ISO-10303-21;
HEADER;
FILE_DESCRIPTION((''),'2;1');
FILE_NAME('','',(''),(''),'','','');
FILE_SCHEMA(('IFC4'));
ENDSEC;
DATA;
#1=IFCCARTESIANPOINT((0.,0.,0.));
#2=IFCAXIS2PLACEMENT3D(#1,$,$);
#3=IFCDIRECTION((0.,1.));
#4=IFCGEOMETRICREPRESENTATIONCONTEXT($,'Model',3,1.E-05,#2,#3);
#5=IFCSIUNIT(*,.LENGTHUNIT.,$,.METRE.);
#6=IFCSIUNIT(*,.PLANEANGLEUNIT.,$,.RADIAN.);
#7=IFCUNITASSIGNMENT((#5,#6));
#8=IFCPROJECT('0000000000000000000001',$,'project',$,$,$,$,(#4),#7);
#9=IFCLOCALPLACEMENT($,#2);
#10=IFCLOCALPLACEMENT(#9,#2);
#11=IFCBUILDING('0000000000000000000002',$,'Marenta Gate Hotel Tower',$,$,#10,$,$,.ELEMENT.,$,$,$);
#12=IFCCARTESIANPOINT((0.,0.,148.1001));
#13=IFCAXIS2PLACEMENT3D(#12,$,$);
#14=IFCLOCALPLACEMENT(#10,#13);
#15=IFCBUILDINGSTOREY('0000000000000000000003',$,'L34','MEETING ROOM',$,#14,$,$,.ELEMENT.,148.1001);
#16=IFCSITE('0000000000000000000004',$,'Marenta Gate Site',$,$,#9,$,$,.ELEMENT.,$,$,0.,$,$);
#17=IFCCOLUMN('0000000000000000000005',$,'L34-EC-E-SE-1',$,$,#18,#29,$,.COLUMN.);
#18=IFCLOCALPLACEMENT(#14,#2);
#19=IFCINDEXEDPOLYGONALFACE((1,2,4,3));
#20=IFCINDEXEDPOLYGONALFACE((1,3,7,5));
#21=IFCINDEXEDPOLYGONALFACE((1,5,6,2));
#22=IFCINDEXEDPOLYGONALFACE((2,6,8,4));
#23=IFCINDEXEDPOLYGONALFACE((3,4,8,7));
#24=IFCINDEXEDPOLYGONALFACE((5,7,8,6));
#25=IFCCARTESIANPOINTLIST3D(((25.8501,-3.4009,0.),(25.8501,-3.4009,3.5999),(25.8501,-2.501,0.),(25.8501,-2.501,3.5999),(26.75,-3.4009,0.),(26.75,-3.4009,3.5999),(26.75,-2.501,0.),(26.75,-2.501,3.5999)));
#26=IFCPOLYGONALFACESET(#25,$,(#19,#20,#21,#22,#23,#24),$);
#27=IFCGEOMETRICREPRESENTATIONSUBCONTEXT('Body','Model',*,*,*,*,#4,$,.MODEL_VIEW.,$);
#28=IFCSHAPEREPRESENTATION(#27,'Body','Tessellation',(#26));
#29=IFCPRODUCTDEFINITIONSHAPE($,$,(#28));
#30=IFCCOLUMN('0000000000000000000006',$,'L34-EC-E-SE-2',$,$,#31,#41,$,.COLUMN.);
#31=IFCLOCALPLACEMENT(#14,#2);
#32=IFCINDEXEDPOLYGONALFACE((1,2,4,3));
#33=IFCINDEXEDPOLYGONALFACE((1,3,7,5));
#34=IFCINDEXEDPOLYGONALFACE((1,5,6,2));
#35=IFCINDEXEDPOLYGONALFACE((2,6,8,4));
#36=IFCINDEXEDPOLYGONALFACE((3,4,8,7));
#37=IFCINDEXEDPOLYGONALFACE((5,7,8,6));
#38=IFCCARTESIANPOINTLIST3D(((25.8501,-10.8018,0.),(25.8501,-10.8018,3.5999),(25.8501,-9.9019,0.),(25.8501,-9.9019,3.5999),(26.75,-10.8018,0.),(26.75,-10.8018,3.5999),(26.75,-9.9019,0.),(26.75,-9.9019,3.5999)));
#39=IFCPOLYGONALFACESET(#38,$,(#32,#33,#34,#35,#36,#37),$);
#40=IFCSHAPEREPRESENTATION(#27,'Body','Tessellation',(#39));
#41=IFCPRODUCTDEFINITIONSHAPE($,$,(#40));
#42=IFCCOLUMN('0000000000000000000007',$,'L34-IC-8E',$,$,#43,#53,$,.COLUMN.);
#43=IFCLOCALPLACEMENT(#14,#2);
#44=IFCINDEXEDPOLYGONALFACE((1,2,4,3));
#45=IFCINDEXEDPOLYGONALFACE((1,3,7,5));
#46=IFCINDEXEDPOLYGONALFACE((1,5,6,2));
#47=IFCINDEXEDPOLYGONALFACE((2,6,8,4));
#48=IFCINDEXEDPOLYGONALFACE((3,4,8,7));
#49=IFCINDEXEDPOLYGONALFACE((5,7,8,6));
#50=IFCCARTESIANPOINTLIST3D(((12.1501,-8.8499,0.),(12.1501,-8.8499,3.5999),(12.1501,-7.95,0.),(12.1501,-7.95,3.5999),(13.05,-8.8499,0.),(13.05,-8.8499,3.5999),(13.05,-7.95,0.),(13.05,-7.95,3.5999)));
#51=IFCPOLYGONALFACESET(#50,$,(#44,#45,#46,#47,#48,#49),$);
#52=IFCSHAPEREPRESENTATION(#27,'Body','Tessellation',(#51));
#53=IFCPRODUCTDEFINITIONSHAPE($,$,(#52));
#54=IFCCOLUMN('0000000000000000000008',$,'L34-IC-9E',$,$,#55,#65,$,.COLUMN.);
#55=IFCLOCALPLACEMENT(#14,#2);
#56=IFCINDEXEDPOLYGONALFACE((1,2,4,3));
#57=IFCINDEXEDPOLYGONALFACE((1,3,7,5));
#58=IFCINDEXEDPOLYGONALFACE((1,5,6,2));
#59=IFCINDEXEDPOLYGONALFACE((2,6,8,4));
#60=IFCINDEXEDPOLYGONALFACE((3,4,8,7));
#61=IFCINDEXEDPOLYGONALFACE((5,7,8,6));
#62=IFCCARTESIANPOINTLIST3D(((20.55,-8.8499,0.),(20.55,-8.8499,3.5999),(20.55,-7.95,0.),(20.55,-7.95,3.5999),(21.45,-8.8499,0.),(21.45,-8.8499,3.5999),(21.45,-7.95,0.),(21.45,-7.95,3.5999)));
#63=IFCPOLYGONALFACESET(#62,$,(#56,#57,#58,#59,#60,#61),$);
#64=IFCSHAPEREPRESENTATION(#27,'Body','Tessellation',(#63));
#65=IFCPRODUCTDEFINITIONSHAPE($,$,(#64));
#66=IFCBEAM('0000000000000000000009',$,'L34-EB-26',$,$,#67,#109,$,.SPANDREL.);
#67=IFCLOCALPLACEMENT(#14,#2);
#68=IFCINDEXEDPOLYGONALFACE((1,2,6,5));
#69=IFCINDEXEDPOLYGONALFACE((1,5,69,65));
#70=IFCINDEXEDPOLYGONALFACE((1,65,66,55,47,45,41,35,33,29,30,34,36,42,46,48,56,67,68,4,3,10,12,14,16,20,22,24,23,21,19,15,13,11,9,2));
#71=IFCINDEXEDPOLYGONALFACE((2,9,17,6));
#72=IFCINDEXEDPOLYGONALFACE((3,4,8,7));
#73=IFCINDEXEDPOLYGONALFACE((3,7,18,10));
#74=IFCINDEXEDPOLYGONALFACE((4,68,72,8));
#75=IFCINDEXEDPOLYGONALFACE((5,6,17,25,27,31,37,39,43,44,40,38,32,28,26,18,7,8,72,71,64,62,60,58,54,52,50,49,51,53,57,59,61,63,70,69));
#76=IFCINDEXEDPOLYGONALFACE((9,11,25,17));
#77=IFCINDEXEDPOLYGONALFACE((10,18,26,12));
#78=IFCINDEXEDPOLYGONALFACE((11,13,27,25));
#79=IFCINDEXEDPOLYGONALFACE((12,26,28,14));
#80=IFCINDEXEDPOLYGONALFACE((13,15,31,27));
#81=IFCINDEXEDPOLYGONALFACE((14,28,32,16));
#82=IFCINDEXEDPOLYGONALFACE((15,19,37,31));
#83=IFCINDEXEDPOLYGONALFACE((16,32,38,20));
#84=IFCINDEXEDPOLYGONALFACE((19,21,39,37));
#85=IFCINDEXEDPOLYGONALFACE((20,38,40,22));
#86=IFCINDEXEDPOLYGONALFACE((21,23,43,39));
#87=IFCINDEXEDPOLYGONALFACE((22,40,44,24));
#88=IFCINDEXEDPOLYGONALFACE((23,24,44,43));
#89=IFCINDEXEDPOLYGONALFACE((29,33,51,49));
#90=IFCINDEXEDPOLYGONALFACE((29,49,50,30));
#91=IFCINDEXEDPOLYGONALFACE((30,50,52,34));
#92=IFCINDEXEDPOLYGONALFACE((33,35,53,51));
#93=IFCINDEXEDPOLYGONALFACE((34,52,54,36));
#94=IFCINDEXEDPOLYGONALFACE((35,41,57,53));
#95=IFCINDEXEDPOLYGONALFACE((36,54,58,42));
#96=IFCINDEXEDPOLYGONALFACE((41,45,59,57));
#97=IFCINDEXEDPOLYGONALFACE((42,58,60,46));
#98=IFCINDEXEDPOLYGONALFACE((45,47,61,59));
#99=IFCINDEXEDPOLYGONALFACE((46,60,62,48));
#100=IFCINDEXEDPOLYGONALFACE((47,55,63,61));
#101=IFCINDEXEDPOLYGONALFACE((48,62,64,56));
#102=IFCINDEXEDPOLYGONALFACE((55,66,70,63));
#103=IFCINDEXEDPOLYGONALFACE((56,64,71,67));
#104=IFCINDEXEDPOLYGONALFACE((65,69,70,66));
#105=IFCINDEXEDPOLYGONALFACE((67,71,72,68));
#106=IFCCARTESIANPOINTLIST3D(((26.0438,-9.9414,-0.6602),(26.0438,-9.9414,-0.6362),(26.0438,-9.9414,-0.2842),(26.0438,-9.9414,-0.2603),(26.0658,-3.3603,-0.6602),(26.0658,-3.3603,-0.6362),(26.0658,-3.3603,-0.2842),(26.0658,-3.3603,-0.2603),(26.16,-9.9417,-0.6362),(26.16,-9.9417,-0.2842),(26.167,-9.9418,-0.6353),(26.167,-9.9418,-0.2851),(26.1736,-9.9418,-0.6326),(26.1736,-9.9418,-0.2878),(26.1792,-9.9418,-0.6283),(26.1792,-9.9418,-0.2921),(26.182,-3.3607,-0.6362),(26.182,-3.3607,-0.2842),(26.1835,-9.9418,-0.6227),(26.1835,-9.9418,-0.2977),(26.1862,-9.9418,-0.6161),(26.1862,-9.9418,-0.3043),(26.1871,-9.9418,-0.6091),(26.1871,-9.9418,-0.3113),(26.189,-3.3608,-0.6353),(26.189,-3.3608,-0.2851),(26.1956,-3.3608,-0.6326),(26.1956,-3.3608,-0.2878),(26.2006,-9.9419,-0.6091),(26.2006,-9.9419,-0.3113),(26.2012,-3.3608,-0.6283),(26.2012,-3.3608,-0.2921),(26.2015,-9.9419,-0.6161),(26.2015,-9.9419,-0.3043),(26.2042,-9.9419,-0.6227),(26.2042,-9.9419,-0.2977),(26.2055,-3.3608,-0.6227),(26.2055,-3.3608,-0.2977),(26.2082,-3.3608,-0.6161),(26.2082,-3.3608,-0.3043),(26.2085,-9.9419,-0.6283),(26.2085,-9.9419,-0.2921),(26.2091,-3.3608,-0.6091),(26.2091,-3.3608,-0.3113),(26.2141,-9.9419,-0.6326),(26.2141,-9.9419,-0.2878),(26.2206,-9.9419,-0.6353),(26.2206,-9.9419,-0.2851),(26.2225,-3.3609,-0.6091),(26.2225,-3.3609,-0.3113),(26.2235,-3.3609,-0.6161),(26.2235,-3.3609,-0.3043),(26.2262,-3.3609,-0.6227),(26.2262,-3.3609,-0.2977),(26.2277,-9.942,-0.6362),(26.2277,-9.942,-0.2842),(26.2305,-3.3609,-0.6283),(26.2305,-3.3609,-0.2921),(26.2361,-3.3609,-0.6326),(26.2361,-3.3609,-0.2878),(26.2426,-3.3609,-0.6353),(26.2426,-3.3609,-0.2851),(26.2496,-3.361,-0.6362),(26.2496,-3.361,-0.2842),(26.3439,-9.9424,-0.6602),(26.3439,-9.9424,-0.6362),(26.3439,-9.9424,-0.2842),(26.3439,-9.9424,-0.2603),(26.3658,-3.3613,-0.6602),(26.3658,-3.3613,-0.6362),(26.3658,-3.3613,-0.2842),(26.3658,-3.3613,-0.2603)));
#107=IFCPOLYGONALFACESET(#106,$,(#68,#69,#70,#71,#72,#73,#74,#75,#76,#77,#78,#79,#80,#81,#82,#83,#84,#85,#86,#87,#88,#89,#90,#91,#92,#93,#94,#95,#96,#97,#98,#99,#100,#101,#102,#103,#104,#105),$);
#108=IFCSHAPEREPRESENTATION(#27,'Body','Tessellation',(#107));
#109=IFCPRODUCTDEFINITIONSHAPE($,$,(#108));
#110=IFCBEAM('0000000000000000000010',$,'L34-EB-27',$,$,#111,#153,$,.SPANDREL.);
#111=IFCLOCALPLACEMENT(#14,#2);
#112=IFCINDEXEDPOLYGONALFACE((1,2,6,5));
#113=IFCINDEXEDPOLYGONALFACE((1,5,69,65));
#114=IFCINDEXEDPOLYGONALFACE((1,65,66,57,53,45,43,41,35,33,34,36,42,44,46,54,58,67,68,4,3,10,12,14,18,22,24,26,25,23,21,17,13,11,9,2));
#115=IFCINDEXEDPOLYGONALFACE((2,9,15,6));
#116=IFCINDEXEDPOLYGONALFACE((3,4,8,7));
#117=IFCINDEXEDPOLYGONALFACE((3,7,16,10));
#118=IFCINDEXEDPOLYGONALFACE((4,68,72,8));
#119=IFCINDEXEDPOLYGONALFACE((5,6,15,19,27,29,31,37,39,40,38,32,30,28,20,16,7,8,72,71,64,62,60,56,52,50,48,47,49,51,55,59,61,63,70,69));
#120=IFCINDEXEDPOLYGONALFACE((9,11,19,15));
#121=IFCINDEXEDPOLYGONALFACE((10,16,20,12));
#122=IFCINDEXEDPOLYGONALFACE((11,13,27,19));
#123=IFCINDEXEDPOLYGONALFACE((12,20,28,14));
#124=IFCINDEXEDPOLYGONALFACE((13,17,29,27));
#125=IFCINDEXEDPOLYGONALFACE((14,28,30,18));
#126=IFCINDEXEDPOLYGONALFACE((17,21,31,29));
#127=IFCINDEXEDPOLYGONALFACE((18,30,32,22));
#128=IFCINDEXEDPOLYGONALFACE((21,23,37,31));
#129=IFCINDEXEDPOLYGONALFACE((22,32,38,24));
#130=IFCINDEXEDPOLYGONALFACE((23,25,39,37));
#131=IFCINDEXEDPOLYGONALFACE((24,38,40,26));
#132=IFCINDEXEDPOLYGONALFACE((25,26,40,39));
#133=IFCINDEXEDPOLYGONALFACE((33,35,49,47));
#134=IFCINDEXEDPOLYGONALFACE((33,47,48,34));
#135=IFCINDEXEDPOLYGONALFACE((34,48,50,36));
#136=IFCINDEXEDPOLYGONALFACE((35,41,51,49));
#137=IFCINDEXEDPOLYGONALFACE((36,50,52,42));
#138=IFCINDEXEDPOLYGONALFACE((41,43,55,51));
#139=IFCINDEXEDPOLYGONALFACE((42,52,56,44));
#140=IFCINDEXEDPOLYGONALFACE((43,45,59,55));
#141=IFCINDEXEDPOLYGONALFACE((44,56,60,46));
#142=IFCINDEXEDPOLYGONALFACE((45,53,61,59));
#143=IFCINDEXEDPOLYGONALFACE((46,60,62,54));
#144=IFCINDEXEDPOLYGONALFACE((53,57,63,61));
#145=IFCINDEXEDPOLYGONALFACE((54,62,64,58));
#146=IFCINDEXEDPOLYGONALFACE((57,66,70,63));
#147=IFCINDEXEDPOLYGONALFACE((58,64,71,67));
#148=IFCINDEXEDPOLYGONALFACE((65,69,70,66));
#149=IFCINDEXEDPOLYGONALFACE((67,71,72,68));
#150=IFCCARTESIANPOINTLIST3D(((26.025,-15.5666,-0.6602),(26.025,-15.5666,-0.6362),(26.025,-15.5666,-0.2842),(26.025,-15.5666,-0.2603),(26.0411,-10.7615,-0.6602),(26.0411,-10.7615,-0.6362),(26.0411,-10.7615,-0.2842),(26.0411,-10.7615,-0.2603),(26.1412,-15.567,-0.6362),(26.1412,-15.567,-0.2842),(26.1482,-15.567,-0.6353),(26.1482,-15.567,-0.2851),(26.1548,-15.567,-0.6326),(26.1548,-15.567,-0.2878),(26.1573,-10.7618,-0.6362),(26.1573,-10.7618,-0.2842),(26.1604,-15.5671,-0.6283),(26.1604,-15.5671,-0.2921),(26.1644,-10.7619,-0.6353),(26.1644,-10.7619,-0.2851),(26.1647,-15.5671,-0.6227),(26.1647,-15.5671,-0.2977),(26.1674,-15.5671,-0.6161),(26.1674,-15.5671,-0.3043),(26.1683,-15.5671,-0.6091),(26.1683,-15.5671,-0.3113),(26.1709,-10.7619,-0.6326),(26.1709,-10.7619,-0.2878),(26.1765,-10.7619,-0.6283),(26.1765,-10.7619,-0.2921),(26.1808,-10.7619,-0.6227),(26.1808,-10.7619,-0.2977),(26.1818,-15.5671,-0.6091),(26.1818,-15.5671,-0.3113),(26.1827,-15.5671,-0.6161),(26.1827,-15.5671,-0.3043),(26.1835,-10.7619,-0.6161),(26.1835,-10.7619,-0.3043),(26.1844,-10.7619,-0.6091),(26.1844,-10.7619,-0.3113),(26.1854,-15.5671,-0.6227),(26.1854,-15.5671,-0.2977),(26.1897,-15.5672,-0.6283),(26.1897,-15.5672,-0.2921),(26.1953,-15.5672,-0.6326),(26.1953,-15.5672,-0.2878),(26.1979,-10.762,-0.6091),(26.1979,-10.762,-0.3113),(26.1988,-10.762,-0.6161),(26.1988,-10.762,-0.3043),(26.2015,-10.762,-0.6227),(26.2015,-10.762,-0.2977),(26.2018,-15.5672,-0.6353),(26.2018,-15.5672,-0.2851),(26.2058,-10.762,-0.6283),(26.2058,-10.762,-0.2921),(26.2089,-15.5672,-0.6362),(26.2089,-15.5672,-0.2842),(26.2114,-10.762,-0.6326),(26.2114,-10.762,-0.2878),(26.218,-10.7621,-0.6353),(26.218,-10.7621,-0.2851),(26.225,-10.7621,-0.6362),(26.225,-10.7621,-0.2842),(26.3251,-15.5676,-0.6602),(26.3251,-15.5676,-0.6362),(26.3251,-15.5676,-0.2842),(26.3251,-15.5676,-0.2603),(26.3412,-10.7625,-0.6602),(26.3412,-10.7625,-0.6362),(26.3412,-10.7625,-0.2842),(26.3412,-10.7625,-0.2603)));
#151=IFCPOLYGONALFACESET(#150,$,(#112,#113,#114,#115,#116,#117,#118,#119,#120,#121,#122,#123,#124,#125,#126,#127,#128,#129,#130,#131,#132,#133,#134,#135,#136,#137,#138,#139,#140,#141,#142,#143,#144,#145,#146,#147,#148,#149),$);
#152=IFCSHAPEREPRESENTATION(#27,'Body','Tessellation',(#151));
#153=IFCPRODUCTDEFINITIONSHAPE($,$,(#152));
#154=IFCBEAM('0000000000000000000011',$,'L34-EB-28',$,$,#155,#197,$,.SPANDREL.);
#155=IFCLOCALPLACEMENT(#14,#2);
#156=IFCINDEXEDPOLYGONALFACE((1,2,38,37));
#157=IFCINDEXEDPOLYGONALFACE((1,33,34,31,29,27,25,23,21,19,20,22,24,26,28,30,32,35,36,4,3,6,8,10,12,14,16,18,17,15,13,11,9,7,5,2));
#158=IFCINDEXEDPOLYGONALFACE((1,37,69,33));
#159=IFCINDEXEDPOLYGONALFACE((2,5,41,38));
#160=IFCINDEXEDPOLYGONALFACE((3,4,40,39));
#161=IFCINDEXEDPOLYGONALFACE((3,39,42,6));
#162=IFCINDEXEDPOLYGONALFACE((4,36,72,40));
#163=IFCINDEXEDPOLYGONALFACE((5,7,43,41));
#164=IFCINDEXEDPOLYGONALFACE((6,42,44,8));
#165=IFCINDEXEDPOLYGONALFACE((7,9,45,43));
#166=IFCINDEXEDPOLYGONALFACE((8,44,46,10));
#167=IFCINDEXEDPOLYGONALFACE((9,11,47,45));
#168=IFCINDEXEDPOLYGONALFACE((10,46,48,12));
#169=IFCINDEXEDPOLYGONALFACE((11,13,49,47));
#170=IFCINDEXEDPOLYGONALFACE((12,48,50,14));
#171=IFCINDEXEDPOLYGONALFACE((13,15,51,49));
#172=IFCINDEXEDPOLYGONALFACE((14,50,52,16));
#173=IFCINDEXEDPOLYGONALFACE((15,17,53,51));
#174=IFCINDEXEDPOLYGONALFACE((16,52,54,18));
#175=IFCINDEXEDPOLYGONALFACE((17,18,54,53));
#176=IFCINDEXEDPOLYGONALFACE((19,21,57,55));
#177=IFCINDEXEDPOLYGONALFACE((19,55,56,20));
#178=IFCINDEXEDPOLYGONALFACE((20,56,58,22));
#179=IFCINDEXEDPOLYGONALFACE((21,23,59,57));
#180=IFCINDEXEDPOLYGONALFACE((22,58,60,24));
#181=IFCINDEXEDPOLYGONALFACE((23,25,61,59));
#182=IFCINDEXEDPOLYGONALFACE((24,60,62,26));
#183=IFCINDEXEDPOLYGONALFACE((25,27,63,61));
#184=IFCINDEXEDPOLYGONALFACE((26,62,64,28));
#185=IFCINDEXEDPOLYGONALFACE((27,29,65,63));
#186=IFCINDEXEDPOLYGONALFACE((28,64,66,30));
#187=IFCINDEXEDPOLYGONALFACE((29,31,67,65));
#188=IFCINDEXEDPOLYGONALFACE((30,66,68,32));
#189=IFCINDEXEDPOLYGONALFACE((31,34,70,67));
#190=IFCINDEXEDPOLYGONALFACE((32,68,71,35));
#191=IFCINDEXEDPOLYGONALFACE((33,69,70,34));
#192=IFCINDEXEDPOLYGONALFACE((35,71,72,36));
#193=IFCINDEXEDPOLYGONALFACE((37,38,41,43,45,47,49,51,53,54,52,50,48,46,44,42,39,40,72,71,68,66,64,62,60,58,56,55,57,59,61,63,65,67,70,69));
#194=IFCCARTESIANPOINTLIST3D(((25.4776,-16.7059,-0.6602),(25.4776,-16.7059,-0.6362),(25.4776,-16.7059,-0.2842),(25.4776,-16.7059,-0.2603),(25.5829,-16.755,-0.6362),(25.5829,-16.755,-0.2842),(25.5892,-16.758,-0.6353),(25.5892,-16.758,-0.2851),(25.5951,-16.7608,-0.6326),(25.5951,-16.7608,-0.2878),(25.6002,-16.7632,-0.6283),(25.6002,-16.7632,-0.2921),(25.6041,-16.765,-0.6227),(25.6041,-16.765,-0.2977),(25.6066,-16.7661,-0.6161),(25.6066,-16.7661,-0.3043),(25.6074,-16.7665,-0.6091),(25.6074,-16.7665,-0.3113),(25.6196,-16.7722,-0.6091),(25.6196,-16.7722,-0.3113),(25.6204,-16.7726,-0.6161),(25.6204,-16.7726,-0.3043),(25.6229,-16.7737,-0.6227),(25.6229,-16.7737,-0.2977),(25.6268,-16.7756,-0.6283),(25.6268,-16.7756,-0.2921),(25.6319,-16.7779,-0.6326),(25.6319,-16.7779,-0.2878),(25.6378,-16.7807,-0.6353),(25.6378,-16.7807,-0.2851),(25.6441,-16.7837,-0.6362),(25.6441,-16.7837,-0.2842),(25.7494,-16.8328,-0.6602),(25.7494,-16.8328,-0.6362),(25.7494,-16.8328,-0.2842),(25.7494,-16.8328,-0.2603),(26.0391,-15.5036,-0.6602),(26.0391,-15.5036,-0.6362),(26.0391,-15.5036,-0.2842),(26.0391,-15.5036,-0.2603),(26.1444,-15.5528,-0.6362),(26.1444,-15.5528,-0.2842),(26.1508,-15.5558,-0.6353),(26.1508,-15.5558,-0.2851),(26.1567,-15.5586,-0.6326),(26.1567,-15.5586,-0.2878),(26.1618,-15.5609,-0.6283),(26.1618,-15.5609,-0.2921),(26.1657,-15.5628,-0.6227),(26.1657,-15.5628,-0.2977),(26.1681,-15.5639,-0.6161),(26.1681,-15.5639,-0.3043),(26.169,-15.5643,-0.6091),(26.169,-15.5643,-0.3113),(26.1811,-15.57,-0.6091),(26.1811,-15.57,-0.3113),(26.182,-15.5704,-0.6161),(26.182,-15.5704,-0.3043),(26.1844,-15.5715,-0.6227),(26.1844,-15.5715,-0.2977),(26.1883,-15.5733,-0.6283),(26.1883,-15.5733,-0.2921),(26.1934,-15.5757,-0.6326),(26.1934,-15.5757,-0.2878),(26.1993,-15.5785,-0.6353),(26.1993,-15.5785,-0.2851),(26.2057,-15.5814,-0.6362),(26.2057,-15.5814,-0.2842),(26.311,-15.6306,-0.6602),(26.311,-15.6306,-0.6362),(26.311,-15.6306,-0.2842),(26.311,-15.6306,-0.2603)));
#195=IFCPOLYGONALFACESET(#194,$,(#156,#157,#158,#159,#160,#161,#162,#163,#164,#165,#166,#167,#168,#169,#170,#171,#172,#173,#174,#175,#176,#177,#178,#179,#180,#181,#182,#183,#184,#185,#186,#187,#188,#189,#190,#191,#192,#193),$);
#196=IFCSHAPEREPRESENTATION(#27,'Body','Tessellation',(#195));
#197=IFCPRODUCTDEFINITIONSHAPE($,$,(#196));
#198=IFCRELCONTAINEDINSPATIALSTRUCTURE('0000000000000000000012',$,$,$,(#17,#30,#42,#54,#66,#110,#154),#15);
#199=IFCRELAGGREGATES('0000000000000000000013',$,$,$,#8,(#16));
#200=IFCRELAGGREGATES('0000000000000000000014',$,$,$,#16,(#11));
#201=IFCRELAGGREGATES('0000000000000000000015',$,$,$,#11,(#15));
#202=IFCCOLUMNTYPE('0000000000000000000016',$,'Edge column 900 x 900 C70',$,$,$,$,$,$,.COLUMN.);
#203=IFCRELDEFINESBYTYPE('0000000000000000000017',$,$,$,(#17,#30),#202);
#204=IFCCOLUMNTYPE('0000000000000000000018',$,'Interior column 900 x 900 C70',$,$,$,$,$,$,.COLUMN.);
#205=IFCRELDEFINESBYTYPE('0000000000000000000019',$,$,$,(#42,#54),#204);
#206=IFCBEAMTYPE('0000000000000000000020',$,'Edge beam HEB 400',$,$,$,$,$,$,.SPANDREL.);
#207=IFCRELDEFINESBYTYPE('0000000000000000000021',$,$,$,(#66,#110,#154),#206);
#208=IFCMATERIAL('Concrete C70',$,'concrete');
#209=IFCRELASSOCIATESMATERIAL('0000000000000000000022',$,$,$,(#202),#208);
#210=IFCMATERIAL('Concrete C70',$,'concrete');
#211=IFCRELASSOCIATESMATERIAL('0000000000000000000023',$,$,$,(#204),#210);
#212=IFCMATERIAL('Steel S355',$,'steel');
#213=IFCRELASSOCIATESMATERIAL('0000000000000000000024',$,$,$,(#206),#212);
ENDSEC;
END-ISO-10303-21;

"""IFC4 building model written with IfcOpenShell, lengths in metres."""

from ifc_helpers import new_model, si_unit, direction, frame, origin, origin_2d, place, context, subcontext, project, spatial, rectangle, i_section, extrude, material, material_profile, profile_set, type_object, element, save


model = new_model("IFC4")

# Units and contexts
model_context = context("Model", 3, precision=1e-05, world=origin(), true_north=direction((0.0, 1.0)))
body_context = subcontext(model_context, "Body", "Model", "MODEL_VIEW")
ifc_project = project(units=[si_unit("LENGTHUNIT", "METRE"), si_unit("PLANEANGLEUNIT", "RADIAN")], contexts=[model_context])

# Site, building, storey
site_placement = place(None, origin())
site = spatial("IfcSite", under=ifc_project, at=site_placement, Name="Marenta Gate Site", CompositionType="ELEMENT", RefElevation=0.0)
building_placement = place(site_placement, origin())
building = spatial("IfcBuilding", under=site, at=building_placement, Name="Marenta Gate Hotel Tower", CompositionType="ELEMENT")
storey_placement = place(building_placement, frame((0.0, 0.0, 148.1001)))
storey = spatial("IfcBuildingStorey", under=building, at=storey_placement, Name="L34", Description="MEETING ROOM", CompositionType="ELEMENT", Elevation=148.1001)

# Columns
ifc_material_1 = material(Name="Concrete C70", Category="concrete")
ifc_material_profile_1 = material_profile(ifc_material_1, rectangle(XDim=0.8999, YDim=0.8999, at=origin_2d()), Name="900 x 900")
ifc_profile_set_1 = profile_set([ifc_material_profile_1], Name="Concrete C70")
column_type_1 = type_object("IfcColumnType", Name="Edge column 900 x 900 C70", PredefinedType="COLUMN", material=ifc_profile_set_1)
for number, where, z_axis, x_axis, name in (
    (1, (26.3, -2.9509, 0.0), (0.0, 0.0, 1.0), (1.0, 0.0, 0.0), "L34-EC-E-SE-1"),
    (2, (26.3, -10.3518, 0.0), (0.0, 0.0, 1.0), (1.0, 0.0, 0.0), "L34-EC-E-SE-2"),
):
    element("IfcColumn", number, at=place(storey_placement, frame(where, z_axis=z_axis, x_axis=x_axis)), inside=storey, type_object=column_type_1, Name=name, PredefinedType="COLUMN", context=body_context, shape_type="SweptSolid", body=[
        extrude(rectangle(XDim=0.8999, YDim=0.8999, at=origin_2d()), origin(), (0.0, 0.0, 1.0), 3.5999),
    ])
ifc_material_2 = material(Name="Concrete C70", Category="concrete")
ifc_material_profile_2 = material_profile(ifc_material_2, rectangle(XDim=0.8999, YDim=0.8999, at=origin_2d()), Name="900 x 900")
ifc_profile_set_2 = profile_set([ifc_material_profile_2], Name="Concrete C70")
column_type_2 = type_object("IfcColumnType", Name="Interior column 900 x 900 C70", PredefinedType="COLUMN", material=ifc_profile_set_2)
for number, where, z_axis, x_axis, name in (
    (3, (12.6001, -8.3999, 0.0), (0.0, 0.0, 1.0), (1.0, 0.0, 0.0), "L34-IC-8E"),
    (4, (21.0, -8.3999, 0.0), (0.0, 0.0, 1.0), (1.0, 0.0, 0.0), "L34-IC-9E"),
):
    element("IfcColumn", number, at=place(storey_placement, frame(where, z_axis=z_axis, x_axis=x_axis)), inside=storey, type_object=column_type_2, Name=name, PredefinedType="COLUMN", context=body_context, shape_type="SweptSolid", body=[
        extrude(rectangle(XDim=0.8999, YDim=0.8999, at=origin_2d()), origin(), (0.0, 0.0, 1.0), 3.5999),
    ])

# Beams
ifc_material_3 = material(Name="Steel S355", Category="steel")
ifc_material_profile_3 = material_profile(ifc_material_3, i_section(OverallWidth=0.3, OverallDepth=0.3999, WebThickness=0.0134, FlangeThickness=0.0239, FilletRadius=0.0271, at=origin_2d()), Name="HEB 400")
ifc_profile_set_3 = profile_set([ifc_material_profile_3], Name="Steel S355")
beam_type_1 = type_object("IfcBeamType", Name="Edge beam HEB 400", PredefinedType="SPANDREL", material=ifc_profile_set_3)
beam_1_placement = place(storey_placement, frame((26.2158, -3.3608, -0.4602), z_axis=(-0.003339, -0.999994, 0.0), x_axis=(0.999994, -0.003339, 0.0)))
element("IfcBeam", 5, at=beam_1_placement, inside=storey, type_object=beam_type_1, Name="L34-EB-26", PredefinedType="SPANDREL", context=body_context, shape_type="SweptSolid", body=[
    extrude(i_section(OverallWidth=0.3, OverallDepth=0.3999, WebThickness=0.0134, FlangeThickness=0.0239, FilletRadius=0.0271, at=origin_2d()), origin(), (0.0, 0.0, 1.0), 6.5811),
])
beam_2_placement = place(storey_placement, frame((26.1912, -10.762, -0.4602), z_axis=(-0.003353, -0.999994, 0.0), x_axis=(0.999994, -0.003353, 0.0)))
element("IfcBeam", 6, at=beam_2_placement, inside=storey, type_object=beam_type_1, Name="L34-EB-27", PredefinedType="SPANDREL", context=body_context, shape_type="SweptSolid", body=[
    extrude(i_section(OverallWidth=0.3, OverallDepth=0.3999, WebThickness=0.0134, FlangeThickness=0.0239, FilletRadius=0.0271, at=origin_2d()), origin(), (0.0, 0.0, 1.0), 4.8052),
])
beam_3_placement = place(storey_placement, frame((26.175, -15.5671, -0.4602), z_axis=(-0.423208, -0.906033, 0.0), x_axis=(0.906033, -0.423208, 0.0)))
element("IfcBeam", 7, at=beam_3_placement, inside=storey, type_object=beam_type_1, Name="L34-EB-28", PredefinedType="SPANDREL", context=body_context, shape_type="SweptSolid", body=[
    extrude(i_section(OverallWidth=0.3, OverallDepth=0.3999, WebThickness=0.0134, FlangeThickness=0.0239, FilletRadius=0.0271, at=origin_2d()), origin(), (0.0, 0.0, 1.0), 1.3269),
])

save(model, "model.ifc")
